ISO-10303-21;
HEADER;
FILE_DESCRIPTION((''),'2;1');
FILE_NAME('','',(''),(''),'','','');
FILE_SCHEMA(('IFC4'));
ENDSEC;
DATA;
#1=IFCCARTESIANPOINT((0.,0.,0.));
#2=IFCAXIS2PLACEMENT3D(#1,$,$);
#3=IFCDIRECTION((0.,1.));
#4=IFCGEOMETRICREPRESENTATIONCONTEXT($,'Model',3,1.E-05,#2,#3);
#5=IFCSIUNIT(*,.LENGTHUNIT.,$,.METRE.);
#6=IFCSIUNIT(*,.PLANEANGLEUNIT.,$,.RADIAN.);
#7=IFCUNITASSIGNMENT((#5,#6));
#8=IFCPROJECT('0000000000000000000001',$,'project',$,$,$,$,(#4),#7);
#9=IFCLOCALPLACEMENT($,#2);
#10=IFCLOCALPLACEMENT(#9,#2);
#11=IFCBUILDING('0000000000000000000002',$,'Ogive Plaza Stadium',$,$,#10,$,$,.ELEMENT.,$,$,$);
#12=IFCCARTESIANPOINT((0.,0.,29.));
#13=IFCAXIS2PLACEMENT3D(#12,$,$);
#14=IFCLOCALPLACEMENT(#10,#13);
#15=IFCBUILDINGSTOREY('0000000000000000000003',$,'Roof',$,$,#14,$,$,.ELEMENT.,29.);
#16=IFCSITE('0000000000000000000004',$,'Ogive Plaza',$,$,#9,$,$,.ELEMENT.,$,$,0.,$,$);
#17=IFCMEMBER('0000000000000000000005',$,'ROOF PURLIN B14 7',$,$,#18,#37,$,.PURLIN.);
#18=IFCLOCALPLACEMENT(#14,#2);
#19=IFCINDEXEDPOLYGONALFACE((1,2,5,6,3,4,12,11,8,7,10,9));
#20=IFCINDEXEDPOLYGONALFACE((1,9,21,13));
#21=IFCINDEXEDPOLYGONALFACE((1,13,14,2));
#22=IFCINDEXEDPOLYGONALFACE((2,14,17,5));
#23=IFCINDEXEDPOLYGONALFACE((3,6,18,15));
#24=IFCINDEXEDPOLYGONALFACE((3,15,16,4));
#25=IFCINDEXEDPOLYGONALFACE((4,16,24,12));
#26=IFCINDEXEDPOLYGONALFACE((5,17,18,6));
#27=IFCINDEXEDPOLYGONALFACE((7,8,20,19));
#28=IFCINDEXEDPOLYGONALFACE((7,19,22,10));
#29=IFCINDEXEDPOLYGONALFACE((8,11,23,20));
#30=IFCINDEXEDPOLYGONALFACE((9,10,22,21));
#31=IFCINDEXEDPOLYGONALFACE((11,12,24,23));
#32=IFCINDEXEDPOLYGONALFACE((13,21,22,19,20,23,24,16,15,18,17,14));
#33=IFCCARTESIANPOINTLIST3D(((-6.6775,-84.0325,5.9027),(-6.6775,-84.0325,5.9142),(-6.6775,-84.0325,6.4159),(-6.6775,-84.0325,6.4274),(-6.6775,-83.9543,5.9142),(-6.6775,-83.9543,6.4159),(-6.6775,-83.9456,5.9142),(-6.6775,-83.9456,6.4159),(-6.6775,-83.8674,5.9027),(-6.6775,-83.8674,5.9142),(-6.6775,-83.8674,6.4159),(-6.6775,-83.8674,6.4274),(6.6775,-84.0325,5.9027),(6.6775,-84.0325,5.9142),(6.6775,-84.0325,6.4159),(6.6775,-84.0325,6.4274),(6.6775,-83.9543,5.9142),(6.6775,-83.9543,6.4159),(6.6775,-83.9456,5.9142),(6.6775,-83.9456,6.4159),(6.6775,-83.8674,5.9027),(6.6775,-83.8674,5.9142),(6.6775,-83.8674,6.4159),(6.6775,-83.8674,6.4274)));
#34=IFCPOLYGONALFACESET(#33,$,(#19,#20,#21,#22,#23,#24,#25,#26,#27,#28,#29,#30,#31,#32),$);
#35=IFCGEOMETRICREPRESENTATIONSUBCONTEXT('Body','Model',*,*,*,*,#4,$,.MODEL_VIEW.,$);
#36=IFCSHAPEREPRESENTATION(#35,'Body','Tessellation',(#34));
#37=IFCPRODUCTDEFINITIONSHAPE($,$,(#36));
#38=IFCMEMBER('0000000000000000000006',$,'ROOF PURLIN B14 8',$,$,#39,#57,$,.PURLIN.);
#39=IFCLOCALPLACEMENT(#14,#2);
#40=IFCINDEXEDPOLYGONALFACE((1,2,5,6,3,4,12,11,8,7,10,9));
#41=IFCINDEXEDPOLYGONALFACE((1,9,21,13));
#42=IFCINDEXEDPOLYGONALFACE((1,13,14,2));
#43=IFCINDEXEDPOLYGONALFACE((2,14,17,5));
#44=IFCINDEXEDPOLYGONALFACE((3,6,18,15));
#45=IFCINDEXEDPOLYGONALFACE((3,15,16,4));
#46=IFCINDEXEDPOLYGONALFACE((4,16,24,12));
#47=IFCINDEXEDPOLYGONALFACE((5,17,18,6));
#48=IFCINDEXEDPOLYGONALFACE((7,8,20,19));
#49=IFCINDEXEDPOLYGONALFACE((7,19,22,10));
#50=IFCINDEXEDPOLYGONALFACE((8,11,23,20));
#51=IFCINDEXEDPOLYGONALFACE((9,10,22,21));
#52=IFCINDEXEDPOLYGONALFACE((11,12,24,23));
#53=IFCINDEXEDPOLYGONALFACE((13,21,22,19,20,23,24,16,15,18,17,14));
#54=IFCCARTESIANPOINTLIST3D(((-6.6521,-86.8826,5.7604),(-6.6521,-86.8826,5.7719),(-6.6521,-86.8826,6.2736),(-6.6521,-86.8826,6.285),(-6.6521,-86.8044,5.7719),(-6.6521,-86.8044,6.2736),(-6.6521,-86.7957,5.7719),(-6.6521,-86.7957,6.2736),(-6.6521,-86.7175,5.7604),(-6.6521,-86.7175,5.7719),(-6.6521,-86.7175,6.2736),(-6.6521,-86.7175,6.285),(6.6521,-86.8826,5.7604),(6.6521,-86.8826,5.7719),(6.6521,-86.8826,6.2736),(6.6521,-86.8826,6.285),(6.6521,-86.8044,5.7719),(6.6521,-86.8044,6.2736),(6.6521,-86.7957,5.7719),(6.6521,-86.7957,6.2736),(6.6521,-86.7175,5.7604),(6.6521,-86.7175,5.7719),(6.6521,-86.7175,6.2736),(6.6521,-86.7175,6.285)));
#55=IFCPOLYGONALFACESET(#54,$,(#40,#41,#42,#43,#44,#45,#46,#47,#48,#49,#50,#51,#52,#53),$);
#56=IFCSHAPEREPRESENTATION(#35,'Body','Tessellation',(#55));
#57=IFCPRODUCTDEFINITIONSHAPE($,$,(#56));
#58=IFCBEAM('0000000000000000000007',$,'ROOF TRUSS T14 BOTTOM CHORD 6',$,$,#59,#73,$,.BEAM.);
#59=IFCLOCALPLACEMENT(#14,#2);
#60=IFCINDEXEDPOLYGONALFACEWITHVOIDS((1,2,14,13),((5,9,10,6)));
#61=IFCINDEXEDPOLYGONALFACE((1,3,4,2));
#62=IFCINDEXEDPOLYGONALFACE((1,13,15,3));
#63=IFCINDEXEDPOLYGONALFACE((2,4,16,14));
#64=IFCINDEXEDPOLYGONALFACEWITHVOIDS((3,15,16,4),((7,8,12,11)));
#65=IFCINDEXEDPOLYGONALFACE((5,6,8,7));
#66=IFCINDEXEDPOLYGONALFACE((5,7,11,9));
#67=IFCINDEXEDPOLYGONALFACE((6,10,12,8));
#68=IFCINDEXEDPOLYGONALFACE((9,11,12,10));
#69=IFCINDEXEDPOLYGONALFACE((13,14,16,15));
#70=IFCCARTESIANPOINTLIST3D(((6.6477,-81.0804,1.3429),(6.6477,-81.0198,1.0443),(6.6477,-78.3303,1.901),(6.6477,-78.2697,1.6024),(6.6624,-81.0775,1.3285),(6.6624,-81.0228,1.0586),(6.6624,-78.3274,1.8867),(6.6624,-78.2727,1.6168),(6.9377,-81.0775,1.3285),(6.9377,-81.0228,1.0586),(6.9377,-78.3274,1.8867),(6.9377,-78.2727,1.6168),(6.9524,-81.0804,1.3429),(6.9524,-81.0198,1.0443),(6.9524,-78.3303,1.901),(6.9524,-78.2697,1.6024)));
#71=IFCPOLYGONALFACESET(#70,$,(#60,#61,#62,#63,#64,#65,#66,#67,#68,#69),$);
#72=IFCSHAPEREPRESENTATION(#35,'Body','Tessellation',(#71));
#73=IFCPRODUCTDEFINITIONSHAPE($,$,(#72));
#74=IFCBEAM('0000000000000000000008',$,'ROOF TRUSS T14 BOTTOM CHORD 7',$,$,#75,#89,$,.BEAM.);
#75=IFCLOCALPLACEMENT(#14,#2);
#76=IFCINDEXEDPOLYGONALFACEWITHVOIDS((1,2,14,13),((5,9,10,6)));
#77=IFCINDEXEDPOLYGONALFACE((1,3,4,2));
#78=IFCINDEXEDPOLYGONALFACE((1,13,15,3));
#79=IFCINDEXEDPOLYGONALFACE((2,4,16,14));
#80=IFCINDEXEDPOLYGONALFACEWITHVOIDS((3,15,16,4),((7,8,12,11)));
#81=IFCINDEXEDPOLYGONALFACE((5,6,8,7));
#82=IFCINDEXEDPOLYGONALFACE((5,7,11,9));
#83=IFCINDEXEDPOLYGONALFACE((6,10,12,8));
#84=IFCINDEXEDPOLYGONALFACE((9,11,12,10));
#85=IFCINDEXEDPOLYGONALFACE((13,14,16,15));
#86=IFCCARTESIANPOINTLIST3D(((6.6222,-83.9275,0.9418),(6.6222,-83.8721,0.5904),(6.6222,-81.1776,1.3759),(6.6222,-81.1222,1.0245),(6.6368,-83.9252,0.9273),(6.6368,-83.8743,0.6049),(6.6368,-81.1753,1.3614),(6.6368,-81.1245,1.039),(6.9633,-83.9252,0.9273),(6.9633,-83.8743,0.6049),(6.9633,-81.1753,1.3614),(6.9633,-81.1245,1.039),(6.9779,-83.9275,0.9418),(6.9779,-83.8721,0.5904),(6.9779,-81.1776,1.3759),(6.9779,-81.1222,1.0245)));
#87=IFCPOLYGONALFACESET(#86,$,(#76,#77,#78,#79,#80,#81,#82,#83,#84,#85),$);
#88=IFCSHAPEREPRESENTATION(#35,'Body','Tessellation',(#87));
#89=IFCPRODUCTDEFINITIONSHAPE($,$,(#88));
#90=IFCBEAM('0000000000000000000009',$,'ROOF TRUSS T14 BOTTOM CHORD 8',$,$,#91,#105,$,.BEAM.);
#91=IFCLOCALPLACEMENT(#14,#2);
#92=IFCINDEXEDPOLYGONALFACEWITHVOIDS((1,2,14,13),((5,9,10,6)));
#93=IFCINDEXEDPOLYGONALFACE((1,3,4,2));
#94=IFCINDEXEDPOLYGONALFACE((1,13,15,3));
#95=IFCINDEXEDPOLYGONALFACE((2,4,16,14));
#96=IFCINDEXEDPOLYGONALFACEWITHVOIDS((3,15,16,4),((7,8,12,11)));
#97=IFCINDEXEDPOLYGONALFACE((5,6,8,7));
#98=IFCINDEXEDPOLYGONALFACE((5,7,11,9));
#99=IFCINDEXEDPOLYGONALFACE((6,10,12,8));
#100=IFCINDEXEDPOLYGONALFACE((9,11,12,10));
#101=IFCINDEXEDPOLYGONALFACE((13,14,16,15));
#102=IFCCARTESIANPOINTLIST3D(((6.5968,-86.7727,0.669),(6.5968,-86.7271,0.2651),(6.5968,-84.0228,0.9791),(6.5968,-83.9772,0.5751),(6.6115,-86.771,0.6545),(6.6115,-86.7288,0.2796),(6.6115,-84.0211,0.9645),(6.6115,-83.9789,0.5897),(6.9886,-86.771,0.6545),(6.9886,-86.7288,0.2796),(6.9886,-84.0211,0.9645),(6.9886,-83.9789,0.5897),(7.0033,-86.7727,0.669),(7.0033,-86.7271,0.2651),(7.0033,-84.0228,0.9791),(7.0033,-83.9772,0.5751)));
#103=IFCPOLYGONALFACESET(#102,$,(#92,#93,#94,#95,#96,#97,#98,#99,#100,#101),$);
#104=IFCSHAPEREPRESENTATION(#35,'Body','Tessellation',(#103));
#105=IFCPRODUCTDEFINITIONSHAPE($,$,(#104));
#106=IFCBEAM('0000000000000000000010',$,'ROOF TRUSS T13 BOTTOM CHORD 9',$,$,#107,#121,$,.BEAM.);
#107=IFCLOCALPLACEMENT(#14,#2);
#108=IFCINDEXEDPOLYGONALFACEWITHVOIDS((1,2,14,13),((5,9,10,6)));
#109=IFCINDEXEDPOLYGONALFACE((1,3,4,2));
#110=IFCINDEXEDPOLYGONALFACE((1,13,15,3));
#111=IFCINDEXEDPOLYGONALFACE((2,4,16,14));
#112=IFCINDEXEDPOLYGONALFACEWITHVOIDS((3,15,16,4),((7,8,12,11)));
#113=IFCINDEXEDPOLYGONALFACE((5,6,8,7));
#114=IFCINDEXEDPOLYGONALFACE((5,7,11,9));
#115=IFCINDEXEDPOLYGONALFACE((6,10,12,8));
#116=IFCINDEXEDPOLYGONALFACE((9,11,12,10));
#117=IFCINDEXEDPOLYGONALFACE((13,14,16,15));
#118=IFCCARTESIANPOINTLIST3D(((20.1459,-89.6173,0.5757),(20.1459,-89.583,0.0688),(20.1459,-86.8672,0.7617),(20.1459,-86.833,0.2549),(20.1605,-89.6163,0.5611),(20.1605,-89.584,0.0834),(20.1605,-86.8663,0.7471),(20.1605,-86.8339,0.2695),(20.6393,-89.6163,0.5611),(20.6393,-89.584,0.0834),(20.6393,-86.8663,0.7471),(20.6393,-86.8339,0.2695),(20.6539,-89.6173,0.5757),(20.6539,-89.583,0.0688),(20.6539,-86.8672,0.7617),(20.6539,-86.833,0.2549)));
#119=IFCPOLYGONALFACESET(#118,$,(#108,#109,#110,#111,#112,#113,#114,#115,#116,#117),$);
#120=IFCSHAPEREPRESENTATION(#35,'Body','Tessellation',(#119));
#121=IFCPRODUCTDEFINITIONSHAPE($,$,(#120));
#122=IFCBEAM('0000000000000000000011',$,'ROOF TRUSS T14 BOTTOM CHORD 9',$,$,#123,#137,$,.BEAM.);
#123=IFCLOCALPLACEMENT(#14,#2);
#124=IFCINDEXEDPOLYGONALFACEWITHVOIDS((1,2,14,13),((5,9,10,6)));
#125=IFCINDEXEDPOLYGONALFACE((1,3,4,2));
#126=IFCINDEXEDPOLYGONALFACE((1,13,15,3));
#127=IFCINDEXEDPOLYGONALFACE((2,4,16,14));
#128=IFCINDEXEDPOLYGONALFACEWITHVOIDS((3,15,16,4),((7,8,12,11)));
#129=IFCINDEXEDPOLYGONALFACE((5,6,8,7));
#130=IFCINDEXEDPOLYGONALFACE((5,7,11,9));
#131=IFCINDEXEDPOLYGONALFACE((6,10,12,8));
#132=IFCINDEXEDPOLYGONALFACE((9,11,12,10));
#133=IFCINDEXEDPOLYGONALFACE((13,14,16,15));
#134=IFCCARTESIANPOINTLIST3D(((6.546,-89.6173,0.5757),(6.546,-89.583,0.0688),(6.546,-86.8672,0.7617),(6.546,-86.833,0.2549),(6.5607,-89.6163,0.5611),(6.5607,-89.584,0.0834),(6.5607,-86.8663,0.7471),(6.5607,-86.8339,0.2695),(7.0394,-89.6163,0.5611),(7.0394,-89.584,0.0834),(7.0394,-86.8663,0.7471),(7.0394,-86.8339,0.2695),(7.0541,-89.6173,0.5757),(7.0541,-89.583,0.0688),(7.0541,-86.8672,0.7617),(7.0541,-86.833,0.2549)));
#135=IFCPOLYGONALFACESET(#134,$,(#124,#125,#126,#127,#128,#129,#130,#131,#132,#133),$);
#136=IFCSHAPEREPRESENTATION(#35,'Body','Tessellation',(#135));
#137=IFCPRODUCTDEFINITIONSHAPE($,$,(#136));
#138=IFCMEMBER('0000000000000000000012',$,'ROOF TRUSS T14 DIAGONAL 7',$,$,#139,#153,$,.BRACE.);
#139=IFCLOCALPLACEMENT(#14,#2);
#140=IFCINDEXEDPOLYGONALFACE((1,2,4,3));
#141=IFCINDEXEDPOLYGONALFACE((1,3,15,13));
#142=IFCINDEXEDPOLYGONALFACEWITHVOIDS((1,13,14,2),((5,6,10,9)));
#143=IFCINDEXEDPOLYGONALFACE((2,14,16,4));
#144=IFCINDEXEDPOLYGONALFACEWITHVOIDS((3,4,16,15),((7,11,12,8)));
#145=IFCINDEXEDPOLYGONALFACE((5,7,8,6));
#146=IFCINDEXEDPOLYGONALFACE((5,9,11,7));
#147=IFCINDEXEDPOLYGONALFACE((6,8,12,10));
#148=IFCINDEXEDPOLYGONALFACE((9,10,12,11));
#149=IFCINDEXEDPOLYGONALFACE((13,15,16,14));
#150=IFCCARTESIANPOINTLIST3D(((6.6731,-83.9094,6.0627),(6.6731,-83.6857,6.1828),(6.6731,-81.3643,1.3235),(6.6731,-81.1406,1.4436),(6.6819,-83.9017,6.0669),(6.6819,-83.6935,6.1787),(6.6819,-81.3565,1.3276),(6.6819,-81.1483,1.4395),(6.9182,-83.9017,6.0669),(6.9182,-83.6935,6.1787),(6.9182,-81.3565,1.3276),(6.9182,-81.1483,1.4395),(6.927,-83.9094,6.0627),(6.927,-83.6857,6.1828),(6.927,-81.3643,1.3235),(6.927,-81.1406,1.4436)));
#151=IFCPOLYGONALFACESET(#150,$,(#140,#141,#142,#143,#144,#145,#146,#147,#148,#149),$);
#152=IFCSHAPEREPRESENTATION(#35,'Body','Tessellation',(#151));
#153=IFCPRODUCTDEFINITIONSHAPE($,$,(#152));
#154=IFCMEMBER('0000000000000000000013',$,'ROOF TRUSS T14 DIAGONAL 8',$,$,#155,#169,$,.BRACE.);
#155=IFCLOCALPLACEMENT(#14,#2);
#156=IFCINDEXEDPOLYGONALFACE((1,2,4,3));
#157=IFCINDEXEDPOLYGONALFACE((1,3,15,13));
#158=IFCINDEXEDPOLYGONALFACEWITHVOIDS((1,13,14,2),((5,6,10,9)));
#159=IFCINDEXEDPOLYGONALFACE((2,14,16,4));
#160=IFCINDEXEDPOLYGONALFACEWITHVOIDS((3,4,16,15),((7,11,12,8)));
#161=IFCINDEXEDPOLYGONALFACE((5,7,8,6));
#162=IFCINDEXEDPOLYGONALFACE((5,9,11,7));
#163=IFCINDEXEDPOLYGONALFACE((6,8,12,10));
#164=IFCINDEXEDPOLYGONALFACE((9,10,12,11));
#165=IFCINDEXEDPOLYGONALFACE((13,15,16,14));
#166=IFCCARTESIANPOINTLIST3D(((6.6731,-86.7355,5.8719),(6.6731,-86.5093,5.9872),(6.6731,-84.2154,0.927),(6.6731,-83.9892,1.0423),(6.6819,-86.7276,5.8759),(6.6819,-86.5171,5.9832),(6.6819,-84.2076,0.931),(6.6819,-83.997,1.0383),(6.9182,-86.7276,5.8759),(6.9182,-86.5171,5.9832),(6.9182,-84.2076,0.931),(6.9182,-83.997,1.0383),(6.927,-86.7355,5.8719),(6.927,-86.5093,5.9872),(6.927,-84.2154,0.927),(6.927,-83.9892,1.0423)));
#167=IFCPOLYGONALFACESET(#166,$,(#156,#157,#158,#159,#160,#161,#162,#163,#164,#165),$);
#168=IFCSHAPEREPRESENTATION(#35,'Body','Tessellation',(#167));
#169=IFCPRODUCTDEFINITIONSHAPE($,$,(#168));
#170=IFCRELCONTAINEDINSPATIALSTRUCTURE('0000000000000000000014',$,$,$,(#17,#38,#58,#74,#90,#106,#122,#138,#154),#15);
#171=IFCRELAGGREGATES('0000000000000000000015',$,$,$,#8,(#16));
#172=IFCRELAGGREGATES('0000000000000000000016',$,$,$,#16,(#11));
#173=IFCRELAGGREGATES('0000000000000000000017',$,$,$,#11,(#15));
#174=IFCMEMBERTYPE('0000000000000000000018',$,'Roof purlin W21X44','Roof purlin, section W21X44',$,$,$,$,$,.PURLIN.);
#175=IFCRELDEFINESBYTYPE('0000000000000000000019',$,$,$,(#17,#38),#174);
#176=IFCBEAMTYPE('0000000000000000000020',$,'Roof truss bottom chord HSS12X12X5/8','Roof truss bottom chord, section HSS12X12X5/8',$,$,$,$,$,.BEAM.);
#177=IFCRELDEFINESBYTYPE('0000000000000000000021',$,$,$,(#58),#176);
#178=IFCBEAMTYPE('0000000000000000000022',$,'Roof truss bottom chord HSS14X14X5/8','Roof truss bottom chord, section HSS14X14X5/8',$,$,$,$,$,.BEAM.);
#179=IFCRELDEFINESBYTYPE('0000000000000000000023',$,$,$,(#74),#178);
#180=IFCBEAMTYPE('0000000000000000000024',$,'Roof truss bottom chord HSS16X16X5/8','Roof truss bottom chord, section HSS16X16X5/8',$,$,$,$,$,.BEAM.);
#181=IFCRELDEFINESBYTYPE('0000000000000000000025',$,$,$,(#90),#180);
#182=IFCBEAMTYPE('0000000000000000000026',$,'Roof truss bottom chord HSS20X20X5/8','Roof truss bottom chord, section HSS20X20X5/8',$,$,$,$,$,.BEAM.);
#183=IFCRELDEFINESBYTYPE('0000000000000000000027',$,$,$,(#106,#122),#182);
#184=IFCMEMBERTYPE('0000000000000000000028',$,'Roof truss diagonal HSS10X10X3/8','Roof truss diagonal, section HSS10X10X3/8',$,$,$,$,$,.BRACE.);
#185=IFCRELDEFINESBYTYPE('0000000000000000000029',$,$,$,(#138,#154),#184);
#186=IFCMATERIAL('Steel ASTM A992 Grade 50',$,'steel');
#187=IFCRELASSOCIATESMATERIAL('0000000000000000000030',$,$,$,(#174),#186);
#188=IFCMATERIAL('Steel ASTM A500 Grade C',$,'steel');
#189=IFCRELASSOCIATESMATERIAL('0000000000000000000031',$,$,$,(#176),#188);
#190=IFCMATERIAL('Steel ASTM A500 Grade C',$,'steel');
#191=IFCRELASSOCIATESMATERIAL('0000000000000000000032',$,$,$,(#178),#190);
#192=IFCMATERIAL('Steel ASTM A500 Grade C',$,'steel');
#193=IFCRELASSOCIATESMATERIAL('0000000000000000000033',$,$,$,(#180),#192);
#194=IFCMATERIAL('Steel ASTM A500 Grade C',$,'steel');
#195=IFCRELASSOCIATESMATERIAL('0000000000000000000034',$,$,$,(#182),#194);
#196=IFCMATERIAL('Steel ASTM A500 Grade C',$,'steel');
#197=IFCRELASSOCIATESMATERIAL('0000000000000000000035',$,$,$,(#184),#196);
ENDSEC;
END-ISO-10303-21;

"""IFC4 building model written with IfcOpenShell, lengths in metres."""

from ifc_helpers import new_model, si_unit, direction, frame, origin, origin_2d, place, context, subcontext, project, spatial, hollow_rectangle, i_section, extrude, material, material_profile, profile_set, type_object, element, save


model = new_model("IFC4")

# Units and contexts
model_context = context("Model", 3, precision=1e-05, world=origin(), true_north=direction((0.0, 1.0)))
body_context = subcontext(model_context, "Body", "Model", "MODEL_VIEW")
ifc_project = project(units=[si_unit("LENGTHUNIT", "METRE"), si_unit("PLANEANGLEUNIT", "RADIAN")], contexts=[model_context])

# Site, building, storey
site_placement = place(None, origin())
site = spatial("IfcSite", under=ifc_project, at=site_placement, Name="Ogive Plaza", CompositionType="ELEMENT", RefElevation=0.0)
building_placement = place(site_placement, origin())
building = spatial("IfcBuilding", under=site, at=building_placement, Name="Ogive Plaza Stadium", CompositionType="ELEMENT")
storey_placement = place(building_placement, frame((0.0, 0.0, 29.0)))
storey = spatial("IfcBuildingStorey", under=building, at=storey_placement, Name="Roof", CompositionType="ELEMENT", Elevation=29.0)

# Members
ifc_material_1 = material(Name="Steel ASTM A992 Grade 50", Category="steel")
ifc_material_profile_1 = material_profile(ifc_material_1, i_section(OverallWidth=0.165, OverallDepth=0.5247, WebThickness=0.0088, FlangeThickness=0.0115, at=origin_2d()), Name="W21X44")
ifc_profile_set_1 = profile_set([ifc_material_profile_1], Name="Steel ASTM A992 Grade 50")
member_type_1 = type_object("IfcMemberType", Name="Roof purlin W21X44", Description="Roof purlin, section W21X44", PredefinedType="PURLIN", material=ifc_profile_set_1)
for number, where, z_axis, x_axis, name in (
    (1, (6.6775, -83.95, 6.165), (-1.0, 0.0, 0.0), (0.0, -1.0, 0.0), "ROOF PURLIN B14 7"),
):
    element("IfcMember", number, at=place(storey_placement, frame(where, z_axis=z_axis, x_axis=x_axis)), inside=storey, type_object=member_type_1, Name=name, PredefinedType="PURLIN", context=body_context, shape_type="SweptSolid", body=[
        extrude(i_section(OverallWidth=0.165, OverallDepth=0.5247, WebThickness=0.0088, FlangeThickness=0.0115, at=origin_2d()), origin(), (0.0, 0.0, 1.0), 13.355),
    ])
member_1_placement = place(storey_placement, frame((6.6521, -86.8, 6.0227), z_axis=(-1.0, 0.0, 0.0), x_axis=(0.0, -1.0, 0.0)))
element("IfcMember", 2, at=member_1_placement, inside=storey, type_object=member_type_1, Name="ROOF PURLIN B14 8", PredefinedType="PURLIN", context=body_context, shape_type="SweptSolid", body=[
    extrude(i_section(OverallWidth=0.165, OverallDepth=0.5247, WebThickness=0.0088, FlangeThickness=0.0115, at=origin_2d()), origin(), (0.0, 0.0, 1.0), 13.3042),
])

# Beams
ifc_material_2 = material(Name="Steel ASTM A500 Grade C", Category="steel")
ifc_material_profile_2 = material_profile(ifc_material_2, hollow_rectangle(XDim=0.3047, YDim=0.3047, WallThickness=0.0146, at=origin_2d()), Name="HSS12X12X5/8")
ifc_profile_set_2 = profile_set([ifc_material_profile_2], Name="Steel ASTM A500 Grade C")
beam_type_1 = type_object("IfcBeamType", Name="Roof truss bottom chord HSS12X12X5/8", Description="Roof truss bottom chord, section HSS12X12X5/8", PredefinedType="BEAM", material=ifc_profile_set_2)
beam_1_placement = place(storey_placement, frame((6.8, -78.3, 1.7517), z_axis=(0.0, -0.980021, -0.198893), x_axis=(1.0, 0.0, 0.0)))
element("IfcBeam", 3, at=beam_1_placement, inside=storey, type_object=beam_type_1, Name="ROOF TRUSS T14 BOTTOM CHORD 6", PredefinedType="BEAM", context=body_context, shape_type="SweptSolid", body=[
    extrude(hollow_rectangle(XDim=0.3047, YDim=0.3047, WallThickness=0.0146, at=origin_2d()), origin(), (0.0, 0.0, 1.0), 2.8062),
])
ifc_material_3 = material(Name="Steel ASTM A500 Grade C", Category="steel")
ifc_material_profile_3 = material_profile(ifc_material_3, hollow_rectangle(XDim=0.3557, YDim=0.3557, WallThickness=0.0146, at=origin_2d()), Name="HSS14X14X5/8")
ifc_profile_set_3 = profile_set([ifc_material_profile_3], Name="Steel ASTM A500 Grade C")
beam_type_2 = type_object("IfcBeamType", Name="Roof truss bottom chord HSS14X14X5/8", Description="Roof truss bottom chord, section HSS14X14X5/8", PredefinedType="BEAM", material=ifc_profile_set_3)
beam_2_placement = place(storey_placement, frame((6.8, -81.1499, 1.2002), z_axis=(0.0, -0.98777, -0.155918), x_axis=(1.0, 0.0, 0.0)))
element("IfcBeam", 4, at=beam_2_placement, inside=storey, type_object=beam_type_2, Name="ROOF TRUSS T14 BOTTOM CHORD 7", PredefinedType="BEAM", context=body_context, shape_type="SweptSolid", body=[
    extrude(hollow_rectangle(XDim=0.3557, YDim=0.3557, WallThickness=0.0146, at=origin_2d()), origin(), (0.0, 0.0, 1.0), 2.7839),
])
ifc_material_4 = material(Name="Steel ASTM A500 Grade C", Category="steel")
ifc_material_profile_4 = material_profile(ifc_material_4, hollow_rectangle(XDim=0.4065, YDim=0.4065, WallThickness=0.0146, at=origin_2d()), Name="HSS16X16X5/8")
ifc_profile_set_4 = profile_set([ifc_material_profile_4], Name="Steel ASTM A500 Grade C")
beam_type_3 = type_object("IfcBeamType", Name="Roof truss bottom chord HSS16X16X5/8", Description="Roof truss bottom chord, section HSS16X16X5/8", PredefinedType="BEAM", material=ifc_profile_set_4)
beam_3_placement = place(storey_placement, frame((6.8, -84.0, 0.7771), z_axis=(0.0, -0.993704, -0.112039), x_axis=(1.0, 0.0, 0.0)))
element("IfcBeam", 5, at=beam_3_placement, inside=storey, type_object=beam_type_3, Name="ROOF TRUSS T14 BOTTOM CHORD 8", PredefinedType="BEAM", context=body_context, shape_type="SweptSolid", body=[
    extrude(hollow_rectangle(XDim=0.4065, YDim=0.4065, WallThickness=0.0146, at=origin_2d()), origin(), (0.0, 0.0, 1.0), 2.7673),
])
ifc_material_5 = material(Name="Steel ASTM A500 Grade C", Category="steel")
ifc_material_profile_5 = material_profile(ifc_material_5, hollow_rectangle(XDim=0.5081, YDim=0.5081, WallThickness=0.0146, at=origin_2d()), Name="HSS20X20X5/8")
ifc_profile_set_5 = profile_set([ifc_material_profile_5], Name="Steel ASTM A500 Grade C")
beam_type_4 = type_object("IfcBeamType", Name="Roof truss bottom chord HSS20X20X5/8", Description="Roof truss bottom chord, section HSS20X20X5/8", PredefinedType="BEAM", material=ifc_profile_set_5)
for number, where, z_axis, x_axis, name in (
    (6, (20.3999, -86.8501, 0.5083), (0.0, -0.99772, -0.067495), (1.0, 0.0, 0.0), "ROOF TRUSS T13 BOTTOM CHORD 9"),
    (7, (6.8, -86.8501, 0.5083), (0.0, -0.99772, -0.067495), (1.0, 0.0, 0.0), "ROOF TRUSS T14 BOTTOM CHORD 9"),
):
    element("IfcBeam", number, at=place(storey_placement, frame(where, z_axis=z_axis, x_axis=x_axis)), inside=storey, type_object=beam_type_4, Name=name, PredefinedType="BEAM", context=body_context, shape_type="SweptSolid", body=[
        extrude(hollow_rectangle(XDim=0.5081, YDim=0.5081, WallThickness=0.0146, at=origin_2d()), origin(), (0.0, 0.0, 1.0), 2.7563),
    ])

# Members
ifc_material_6 = material(Name="Steel ASTM A500 Grade C", Category="steel")
ifc_material_profile_6 = material_profile(ifc_material_6, hollow_rectangle(XDim=0.2539, YDim=0.2539, WallThickness=0.0088, at=origin_2d()), Name="HSS10X10X3/8")
ifc_profile_set_6 = profile_set([ifc_material_profile_6], Name="Steel ASTM A500 Grade C")
member_type_2 = type_object("IfcMemberType", Name="Roof truss diagonal HSS10X10X3/8", Description="Roof truss diagonal, section HSS10X10X3/8", PredefinedType="BRACE", material=ifc_profile_set_6)
member_2_placement = place(storey_placement, frame((6.8, -81.2524, 1.3835), z_axis=(0.0, -0.473128, 0.880994), x_axis=(1.0, 0.0, 0.0)))
element("IfcMember", 8, at=member_2_placement, inside=storey, type_object=member_type_2, Name="ROOF TRUSS T14 DIAGONAL 7", PredefinedType="BRACE", context=body_context, shape_type="SweptSolid", body=[
    extrude(hollow_rectangle(XDim=0.2539, YDim=0.2539, WallThickness=0.0088, at=origin_2d()), origin(), (0.0, 0.0, 1.0), 5.3794),
])
member_3_placement = place(storey_placement, frame((6.8, -84.1023, 0.9846), z_axis=(0.0, -0.454063, 0.89097), x_axis=(1.0, 0.0, 0.0)))
element("IfcMember", 9, at=member_3_placement, inside=storey, type_object=member_type_2, Name="ROOF TRUSS T14 DIAGONAL 8", PredefinedType="BRACE", context=body_context, shape_type="SweptSolid", body=[
    extrude(hollow_rectangle(XDim=0.2539, YDim=0.2539, WallThickness=0.0088, at=origin_2d()), origin(), (0.0, 0.0, 1.0), 5.55),
])

save(model, "model.ifc")
